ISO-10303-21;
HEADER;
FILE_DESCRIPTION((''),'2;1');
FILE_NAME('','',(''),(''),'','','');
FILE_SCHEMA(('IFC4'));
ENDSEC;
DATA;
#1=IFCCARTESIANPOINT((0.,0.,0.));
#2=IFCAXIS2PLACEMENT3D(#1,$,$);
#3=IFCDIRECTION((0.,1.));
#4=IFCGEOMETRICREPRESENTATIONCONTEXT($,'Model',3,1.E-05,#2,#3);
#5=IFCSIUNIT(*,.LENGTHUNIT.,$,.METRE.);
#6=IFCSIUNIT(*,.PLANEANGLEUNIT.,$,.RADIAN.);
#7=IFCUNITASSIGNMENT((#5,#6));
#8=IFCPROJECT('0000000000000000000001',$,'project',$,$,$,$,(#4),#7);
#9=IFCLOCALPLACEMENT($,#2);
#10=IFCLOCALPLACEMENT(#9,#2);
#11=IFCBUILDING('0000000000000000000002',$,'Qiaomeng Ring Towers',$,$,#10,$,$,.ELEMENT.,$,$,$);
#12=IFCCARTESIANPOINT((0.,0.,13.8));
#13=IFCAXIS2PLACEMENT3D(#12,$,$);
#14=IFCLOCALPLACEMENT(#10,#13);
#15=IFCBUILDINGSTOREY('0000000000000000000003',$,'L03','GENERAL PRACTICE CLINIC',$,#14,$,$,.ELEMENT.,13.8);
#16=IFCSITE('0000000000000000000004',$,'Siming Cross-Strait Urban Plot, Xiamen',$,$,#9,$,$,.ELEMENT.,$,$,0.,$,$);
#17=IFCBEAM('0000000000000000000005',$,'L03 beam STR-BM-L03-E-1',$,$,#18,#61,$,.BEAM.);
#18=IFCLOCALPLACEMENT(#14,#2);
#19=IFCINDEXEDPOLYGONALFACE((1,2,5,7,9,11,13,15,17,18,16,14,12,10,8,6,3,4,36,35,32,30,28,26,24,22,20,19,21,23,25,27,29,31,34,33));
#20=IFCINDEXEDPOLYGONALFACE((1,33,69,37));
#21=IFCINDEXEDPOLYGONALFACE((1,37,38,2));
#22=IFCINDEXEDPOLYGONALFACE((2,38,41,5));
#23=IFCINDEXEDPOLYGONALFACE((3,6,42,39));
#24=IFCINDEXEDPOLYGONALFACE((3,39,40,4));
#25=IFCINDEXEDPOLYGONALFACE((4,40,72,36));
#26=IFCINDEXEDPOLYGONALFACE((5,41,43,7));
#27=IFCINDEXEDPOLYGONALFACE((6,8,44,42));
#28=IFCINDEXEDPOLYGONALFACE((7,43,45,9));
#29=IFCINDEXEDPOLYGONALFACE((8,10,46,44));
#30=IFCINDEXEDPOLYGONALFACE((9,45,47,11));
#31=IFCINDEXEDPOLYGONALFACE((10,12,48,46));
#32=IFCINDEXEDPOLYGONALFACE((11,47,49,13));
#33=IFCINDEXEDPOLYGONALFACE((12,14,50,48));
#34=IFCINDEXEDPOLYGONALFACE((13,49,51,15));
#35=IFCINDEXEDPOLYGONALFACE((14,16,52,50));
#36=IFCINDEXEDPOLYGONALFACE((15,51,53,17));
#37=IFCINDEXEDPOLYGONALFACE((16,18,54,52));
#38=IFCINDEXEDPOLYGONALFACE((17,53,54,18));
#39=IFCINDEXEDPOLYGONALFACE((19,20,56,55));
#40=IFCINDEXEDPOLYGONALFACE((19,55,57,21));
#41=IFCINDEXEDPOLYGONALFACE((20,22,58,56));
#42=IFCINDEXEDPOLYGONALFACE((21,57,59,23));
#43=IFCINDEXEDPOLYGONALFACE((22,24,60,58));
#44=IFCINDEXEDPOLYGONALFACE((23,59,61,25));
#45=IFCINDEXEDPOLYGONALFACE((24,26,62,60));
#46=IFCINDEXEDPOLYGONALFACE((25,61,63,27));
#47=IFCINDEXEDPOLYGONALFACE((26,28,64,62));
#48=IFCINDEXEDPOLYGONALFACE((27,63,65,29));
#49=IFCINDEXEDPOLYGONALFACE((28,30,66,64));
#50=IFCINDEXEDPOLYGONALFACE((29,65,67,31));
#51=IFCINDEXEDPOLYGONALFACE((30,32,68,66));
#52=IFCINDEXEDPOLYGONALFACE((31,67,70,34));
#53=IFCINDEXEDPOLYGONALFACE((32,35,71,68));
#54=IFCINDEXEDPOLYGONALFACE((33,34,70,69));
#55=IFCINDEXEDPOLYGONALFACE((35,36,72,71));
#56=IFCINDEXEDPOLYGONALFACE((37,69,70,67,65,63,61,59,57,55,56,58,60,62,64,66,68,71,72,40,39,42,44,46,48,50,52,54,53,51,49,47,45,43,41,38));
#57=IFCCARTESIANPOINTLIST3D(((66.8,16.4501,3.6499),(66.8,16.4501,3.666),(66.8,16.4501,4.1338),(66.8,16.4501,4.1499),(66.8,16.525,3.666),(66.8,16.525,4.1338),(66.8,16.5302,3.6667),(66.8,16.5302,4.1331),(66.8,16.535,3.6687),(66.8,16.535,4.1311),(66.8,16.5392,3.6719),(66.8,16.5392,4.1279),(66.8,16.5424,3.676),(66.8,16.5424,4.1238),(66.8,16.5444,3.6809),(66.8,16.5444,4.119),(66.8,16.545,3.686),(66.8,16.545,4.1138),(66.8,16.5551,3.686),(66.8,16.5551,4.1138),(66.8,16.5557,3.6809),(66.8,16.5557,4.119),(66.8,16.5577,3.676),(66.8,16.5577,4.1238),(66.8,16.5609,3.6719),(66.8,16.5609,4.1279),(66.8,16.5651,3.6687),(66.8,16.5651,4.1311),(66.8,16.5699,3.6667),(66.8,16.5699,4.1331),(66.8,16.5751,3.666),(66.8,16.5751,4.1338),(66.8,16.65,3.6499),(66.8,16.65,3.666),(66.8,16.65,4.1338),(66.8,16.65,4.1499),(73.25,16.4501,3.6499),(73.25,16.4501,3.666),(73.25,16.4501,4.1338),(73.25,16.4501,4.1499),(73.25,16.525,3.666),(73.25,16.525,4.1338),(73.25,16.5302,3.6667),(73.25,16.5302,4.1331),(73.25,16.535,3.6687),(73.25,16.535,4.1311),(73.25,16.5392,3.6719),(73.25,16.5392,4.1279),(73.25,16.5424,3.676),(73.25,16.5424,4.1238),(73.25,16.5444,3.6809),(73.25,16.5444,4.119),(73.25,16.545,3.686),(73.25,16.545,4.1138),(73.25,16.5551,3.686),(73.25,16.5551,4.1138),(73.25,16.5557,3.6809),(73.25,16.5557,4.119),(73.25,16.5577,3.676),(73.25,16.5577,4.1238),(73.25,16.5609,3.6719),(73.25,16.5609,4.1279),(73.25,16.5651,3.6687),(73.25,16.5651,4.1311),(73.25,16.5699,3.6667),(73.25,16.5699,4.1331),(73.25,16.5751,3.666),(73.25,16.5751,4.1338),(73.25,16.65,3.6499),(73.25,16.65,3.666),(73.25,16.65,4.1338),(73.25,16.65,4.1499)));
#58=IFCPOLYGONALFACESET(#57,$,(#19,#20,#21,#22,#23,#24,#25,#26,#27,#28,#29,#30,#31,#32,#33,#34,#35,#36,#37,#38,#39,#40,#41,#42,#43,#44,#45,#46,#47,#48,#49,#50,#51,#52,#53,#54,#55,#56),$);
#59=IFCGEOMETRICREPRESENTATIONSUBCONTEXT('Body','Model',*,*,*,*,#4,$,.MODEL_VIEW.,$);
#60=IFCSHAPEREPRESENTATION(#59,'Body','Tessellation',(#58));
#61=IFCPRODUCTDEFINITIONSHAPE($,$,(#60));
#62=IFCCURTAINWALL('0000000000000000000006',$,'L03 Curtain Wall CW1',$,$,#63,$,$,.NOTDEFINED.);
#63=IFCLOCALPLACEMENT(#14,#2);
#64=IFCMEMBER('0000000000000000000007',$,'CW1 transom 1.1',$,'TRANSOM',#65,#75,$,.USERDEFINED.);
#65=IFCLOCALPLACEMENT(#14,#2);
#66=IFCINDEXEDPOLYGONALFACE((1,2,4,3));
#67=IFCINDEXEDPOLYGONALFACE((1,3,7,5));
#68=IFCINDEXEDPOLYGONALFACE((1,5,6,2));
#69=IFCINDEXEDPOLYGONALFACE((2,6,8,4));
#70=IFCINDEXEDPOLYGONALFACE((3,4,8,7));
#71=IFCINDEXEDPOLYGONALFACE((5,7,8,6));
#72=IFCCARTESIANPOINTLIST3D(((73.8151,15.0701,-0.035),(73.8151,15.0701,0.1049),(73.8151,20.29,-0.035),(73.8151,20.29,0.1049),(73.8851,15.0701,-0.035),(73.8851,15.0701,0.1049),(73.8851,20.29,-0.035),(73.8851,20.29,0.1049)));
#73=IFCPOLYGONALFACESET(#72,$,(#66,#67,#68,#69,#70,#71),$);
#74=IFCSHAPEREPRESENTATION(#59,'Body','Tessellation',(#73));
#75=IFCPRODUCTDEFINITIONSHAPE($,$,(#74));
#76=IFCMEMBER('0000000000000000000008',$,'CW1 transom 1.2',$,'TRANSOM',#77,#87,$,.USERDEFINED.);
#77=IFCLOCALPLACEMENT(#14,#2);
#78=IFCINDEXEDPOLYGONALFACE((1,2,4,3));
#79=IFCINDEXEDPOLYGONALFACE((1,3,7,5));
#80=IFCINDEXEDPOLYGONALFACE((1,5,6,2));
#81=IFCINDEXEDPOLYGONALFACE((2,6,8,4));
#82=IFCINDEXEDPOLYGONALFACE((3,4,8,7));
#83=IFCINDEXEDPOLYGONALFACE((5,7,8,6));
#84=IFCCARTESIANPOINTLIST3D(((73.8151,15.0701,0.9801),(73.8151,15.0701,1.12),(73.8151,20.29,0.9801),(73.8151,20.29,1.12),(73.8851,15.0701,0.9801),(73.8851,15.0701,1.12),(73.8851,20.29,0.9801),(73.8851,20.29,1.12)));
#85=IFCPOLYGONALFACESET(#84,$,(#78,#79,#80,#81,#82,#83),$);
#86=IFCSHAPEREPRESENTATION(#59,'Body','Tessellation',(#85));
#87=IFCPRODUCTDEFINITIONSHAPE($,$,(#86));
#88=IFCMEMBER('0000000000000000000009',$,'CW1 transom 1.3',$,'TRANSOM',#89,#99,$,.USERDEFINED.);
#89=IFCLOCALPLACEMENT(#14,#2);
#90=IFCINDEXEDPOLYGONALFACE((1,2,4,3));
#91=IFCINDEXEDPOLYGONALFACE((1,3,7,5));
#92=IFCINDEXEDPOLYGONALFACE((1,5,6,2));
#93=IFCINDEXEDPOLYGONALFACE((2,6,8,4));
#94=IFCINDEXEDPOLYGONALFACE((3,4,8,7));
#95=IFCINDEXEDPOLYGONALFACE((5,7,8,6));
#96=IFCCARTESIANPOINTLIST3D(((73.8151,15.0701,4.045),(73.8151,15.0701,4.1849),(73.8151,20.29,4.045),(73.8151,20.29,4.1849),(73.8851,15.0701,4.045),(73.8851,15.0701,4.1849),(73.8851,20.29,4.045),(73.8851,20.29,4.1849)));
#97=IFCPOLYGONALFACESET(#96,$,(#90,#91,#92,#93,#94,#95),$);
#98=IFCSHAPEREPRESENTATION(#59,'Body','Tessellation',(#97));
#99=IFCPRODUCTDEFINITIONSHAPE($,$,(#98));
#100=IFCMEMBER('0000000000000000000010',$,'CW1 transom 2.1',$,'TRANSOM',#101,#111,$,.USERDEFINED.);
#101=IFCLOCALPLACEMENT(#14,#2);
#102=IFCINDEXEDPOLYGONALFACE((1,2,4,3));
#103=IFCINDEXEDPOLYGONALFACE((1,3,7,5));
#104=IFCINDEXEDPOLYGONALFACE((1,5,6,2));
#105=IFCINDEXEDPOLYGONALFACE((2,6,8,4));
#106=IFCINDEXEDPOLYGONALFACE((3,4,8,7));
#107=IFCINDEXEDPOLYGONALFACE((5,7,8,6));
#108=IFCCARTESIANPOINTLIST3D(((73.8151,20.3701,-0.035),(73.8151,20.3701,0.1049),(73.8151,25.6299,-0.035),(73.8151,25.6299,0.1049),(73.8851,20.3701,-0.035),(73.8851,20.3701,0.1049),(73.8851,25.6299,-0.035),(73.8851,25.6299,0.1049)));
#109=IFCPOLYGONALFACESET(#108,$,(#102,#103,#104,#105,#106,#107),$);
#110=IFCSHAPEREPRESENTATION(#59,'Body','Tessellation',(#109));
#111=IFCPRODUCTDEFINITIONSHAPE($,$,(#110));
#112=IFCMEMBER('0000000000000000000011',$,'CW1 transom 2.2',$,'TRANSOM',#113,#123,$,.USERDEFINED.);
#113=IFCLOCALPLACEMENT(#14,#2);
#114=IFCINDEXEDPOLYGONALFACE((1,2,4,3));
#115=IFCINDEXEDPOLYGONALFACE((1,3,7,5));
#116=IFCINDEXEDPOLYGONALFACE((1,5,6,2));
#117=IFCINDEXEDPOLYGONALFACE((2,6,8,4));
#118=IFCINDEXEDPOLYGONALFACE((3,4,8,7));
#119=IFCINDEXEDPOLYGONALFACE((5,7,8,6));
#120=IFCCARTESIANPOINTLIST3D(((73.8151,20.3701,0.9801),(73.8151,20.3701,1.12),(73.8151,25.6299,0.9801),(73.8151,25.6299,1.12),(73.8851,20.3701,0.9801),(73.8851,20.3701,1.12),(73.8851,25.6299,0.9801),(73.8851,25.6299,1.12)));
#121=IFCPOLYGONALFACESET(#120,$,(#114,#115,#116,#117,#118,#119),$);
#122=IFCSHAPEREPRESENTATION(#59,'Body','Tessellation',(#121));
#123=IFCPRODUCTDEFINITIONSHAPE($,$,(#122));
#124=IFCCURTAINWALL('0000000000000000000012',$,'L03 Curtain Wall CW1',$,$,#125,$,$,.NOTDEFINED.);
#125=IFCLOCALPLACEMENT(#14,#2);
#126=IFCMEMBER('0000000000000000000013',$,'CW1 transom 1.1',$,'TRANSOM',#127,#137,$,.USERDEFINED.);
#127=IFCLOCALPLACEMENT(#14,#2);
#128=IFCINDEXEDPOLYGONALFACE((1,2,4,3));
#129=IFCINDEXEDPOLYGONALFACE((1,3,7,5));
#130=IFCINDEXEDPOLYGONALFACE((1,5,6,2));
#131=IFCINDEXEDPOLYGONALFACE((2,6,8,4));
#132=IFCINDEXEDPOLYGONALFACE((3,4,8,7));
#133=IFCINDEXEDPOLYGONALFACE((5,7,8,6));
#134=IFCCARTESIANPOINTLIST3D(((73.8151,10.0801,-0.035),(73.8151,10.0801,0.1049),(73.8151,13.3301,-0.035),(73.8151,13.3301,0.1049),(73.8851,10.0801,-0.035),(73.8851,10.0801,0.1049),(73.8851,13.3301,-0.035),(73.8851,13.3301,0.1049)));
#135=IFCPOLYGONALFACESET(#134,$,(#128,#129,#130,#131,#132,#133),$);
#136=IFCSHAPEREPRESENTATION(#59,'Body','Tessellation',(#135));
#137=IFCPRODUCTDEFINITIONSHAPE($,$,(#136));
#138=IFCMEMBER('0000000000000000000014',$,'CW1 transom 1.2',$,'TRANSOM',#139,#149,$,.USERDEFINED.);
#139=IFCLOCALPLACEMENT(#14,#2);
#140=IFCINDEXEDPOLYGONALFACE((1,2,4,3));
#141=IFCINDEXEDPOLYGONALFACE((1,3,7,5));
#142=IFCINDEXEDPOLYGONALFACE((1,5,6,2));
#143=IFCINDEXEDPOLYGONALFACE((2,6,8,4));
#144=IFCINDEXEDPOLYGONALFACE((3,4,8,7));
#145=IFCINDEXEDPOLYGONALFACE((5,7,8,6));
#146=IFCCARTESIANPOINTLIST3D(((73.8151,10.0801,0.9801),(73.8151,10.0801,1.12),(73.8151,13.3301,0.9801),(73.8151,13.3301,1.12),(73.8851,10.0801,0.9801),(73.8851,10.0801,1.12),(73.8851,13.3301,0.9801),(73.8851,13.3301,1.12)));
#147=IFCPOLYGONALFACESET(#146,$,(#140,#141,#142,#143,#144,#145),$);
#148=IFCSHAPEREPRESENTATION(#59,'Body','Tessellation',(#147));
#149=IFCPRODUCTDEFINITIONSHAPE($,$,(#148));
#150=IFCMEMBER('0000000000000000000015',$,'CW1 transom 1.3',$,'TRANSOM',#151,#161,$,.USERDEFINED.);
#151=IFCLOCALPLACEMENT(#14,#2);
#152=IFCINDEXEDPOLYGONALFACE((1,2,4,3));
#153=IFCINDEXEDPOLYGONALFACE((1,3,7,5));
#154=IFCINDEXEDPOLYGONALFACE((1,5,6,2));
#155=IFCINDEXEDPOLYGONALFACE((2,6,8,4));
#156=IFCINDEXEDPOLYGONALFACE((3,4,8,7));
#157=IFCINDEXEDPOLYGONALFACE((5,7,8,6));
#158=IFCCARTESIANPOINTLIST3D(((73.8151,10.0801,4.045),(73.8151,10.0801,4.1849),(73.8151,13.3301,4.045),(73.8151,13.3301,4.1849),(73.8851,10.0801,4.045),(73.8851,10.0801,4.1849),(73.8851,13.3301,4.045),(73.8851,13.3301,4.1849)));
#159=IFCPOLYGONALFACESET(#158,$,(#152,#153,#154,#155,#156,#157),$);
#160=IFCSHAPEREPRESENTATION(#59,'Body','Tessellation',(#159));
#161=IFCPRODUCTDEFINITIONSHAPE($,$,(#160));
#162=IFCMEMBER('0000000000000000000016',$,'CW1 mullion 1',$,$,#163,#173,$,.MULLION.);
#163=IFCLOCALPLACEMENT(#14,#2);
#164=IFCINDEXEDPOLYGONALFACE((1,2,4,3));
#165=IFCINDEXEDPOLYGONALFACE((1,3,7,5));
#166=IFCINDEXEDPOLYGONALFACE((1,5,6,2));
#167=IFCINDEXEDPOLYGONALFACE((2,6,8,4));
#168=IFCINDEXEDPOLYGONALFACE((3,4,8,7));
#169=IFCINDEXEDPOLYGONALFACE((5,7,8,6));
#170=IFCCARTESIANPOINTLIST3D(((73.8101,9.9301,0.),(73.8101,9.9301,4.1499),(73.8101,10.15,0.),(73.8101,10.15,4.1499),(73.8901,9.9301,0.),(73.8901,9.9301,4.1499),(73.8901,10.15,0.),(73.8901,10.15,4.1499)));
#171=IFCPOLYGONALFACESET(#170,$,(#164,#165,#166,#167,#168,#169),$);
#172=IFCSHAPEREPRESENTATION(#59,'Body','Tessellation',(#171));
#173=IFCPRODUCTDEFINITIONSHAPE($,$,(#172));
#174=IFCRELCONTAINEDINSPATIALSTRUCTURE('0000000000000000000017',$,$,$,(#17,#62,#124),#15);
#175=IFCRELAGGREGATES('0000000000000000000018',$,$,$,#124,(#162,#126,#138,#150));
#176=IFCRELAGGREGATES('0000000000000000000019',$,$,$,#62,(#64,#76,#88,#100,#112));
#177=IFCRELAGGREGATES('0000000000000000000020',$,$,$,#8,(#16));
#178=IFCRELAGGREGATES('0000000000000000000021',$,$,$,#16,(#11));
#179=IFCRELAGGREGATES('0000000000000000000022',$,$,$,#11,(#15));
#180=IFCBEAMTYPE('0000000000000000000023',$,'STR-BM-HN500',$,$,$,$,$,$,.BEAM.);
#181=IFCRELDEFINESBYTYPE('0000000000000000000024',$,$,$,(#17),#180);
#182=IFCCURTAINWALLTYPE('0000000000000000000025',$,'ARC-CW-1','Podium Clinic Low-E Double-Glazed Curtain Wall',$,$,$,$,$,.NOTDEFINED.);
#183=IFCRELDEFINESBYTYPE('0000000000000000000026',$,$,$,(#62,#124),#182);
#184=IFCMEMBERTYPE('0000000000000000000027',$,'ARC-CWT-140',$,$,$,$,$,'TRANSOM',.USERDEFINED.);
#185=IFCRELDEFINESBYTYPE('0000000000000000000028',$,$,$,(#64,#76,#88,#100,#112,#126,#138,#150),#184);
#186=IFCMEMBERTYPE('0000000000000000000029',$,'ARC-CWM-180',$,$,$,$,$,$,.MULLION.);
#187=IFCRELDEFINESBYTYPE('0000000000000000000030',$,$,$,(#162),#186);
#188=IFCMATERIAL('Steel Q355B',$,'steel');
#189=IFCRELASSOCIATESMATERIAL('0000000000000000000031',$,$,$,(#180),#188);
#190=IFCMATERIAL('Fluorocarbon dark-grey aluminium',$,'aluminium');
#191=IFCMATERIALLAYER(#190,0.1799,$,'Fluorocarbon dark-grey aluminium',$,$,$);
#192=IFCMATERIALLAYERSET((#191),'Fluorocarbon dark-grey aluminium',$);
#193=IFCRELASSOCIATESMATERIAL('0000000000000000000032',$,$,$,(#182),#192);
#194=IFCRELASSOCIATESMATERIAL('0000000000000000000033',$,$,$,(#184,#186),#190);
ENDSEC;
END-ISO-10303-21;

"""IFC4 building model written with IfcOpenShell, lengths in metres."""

from ifc_helpers import new_model, si_unit, direction, frame, origin, origin_2d, place, context, subcontext, project, spatial, rectangle, i_section, extrude, source, transform, mapped, material, layer, layer_set, material_profile, profile_set, type_object, element, aggregate, save


model = new_model("IFC4")

# Units and contexts
model_context = context("Model", 3, precision=1e-05, world=origin(), true_north=direction((0.0, 1.0)))
body_context = subcontext(model_context, "Body", "Model", "MODEL_VIEW")
ifc_project = project(units=[si_unit("LENGTHUNIT", "METRE"), si_unit("PLANEANGLEUNIT", "RADIAN")], contexts=[model_context])

# Site, building, storey
site_placement = place(None, origin())
site = spatial("IfcSite", under=ifc_project, at=site_placement, Name="Siming Cross-Strait Urban Plot, Xiamen", CompositionType="ELEMENT", RefElevation=0.0)
building_placement = place(site_placement, origin())
building = spatial("IfcBuilding", under=site, at=building_placement, Name="Qiaomeng Ring Towers", CompositionType="ELEMENT")
storey_placement = place(building_placement, frame((0.0, 0.0, 13.8)))
storey = spatial("IfcBuildingStorey", under=building, at=storey_placement, Name="L03", Description="GENERAL PRACTICE CLINIC", CompositionType="ELEMENT", Elevation=13.8)

# Beam
ifc_material_1 = material(Name="Steel Q355B", Category="steel")
ifc_material_profile_1 = material_profile(ifc_material_1, i_section(OverallWidth=0.2, OverallDepth=0.5, WebThickness=0.01, FlangeThickness=0.0161, FilletRadius=0.02, at=origin_2d()), Name="HN 500x200x10x16")
ifc_profile_set_1 = profile_set([ifc_material_profile_1], Name="Steel Q355B")
beam_type_1 = type_object("IfcBeamType", Name="STR-BM-HN500", PredefinedType="BEAM", material=ifc_profile_set_1)
shared_shape_1 = source(origin(), body_context, "Body", "SweptSolid", [
    extrude(i_section(OverallWidth=0.2, OverallDepth=0.5, WebThickness=0.01, FlangeThickness=0.0161, FilletRadius=0.02, at=origin_2d()), origin(), (0.0, 0.0, 1.0), 6.45),
])
beam_1_placement = place(storey_placement, frame((66.8, 16.55, 3.8999), z_axis=(1.0, 0.0, 0.0), x_axis=(0.0, 1.0, 0.0)))
element("IfcBeam", 1, at=beam_1_placement, inside=storey, type_object=beam_type_1, Name="L03 beam STR-BM-L03-E-1", PredefinedType="BEAM", context=body_context, shape_type="MappedRepresentation", body=[
    mapped(shared_shape_1, transform((0.0, 0.0, 0.0), x_axis=(1.0, 0.0, 0.0), y_axis=(0.0, 1.0, 0.0), z_axis=(0.0, 0.0, 1.0), scale=1.0)),
])

# Curtain walls, members
ifc_material_2 = material(Name="Fluorocarbon dark-grey aluminium", Category="aluminium")
ifc_layer_1 = layer(ifc_material_2, 0.1799, Name="Fluorocarbon dark-grey aluminium")
ifc_layer_set_1 = layer_set([ifc_layer_1], Name="Fluorocarbon dark-grey aluminium")
curtain_wall_type = type_object("IfcCurtainWallType", Name="ARC-CW-1", Description="Podium Clinic Low-E Double-Glazed Curtain Wall", PredefinedType="NOTDEFINED", material=ifc_layer_set_1)
curtain_wall_1_placement = place(storey_placement, origin())
curtain_wall_1 = element("IfcCurtainWall", 2, at=curtain_wall_1_placement, inside=storey, type_object=curtain_wall_type, Name="L03 Curtain Wall CW1", PredefinedType="NOTDEFINED")
ifc_material_profile_2 = material_profile(ifc_material_2, rectangle(XDim=0.0701, YDim=0.1399, at=origin_2d()), Name="ALU TRAN 70x140")
ifc_profile_set_2 = profile_set([ifc_material_profile_2], Name="Fluorocarbon dark-grey aluminium")
member_type_1 = type_object("IfcMemberType", Name="ARC-CWT-140", ElementType="TRANSOM", PredefinedType="USERDEFINED", material=ifc_profile_set_2)
shared_shape_2 = source(origin(), body_context, "Body", "SweptSolid", [
    extrude(rectangle(XDim=0.0701, YDim=0.1399, at=origin_2d()), origin(), (0.0, 0.0, 1.0), 5.22),
])
member_1_placement = place(storey_placement, frame((73.8501, 15.0701, 0.0349), z_axis=(0.0, 1.0, 0.0), x_axis=(-1.0, 0.0, 0.0)))
member_1 = element("IfcMember", 3, at=member_1_placement, type_object=member_type_1, Name="CW1 transom 1.1", ObjectType="TRANSOM", PredefinedType="USERDEFINED", context=body_context, shape_type="MappedRepresentation", body=[
    mapped(shared_shape_2, transform((0.0, 0.0, 0.0), x_axis=(1.0, 0.0, 0.0), y_axis=(0.0, 1.0, 0.0), z_axis=(0.0, 0.0, 1.0), scale=1.0)),
])
member_2_placement = place(storey_placement, frame((73.8501, 15.0701, 1.05), z_axis=(0.0, 1.0, 0.0), x_axis=(-1.0, 0.0, 0.0)))
member_2 = element("IfcMember", 4, at=member_2_placement, type_object=member_type_1, Name="CW1 transom 1.2", ObjectType="TRANSOM", PredefinedType="USERDEFINED", context=body_context, shape_type="MappedRepresentation", body=[
    mapped(shared_shape_2, transform((0.0, 0.0, 0.0), x_axis=(1.0, 0.0, 0.0), y_axis=(0.0, 1.0, 0.0), z_axis=(0.0, 0.0, 1.0), scale=1.0)),
])
member_3_placement = place(storey_placement, frame((73.8501, 15.0701, 4.115), z_axis=(0.0, 1.0, 0.0), x_axis=(-1.0, 0.0, 0.0)))
member_3 = element("IfcMember", 5, at=member_3_placement, type_object=member_type_1, Name="CW1 transom 1.3", ObjectType="TRANSOM", PredefinedType="USERDEFINED", context=body_context, shape_type="MappedRepresentation", body=[
    mapped(shared_shape_2, transform((0.0, 0.0, 0.0), x_axis=(1.0, 0.0, 0.0), y_axis=(0.0, 1.0, 0.0), z_axis=(0.0, 0.0, 1.0), scale=1.0)),
])
shared_shape_3 = source(origin(), body_context, "Body", "SweptSolid", [
    extrude(rectangle(XDim=0.0701, YDim=0.1399, at=origin_2d()), origin(), (0.0, 0.0, 1.0), 5.2598),
])
member_4_placement = place(storey_placement, frame((73.8501, 20.3701, 0.0349), z_axis=(0.0, 1.0, 0.0), x_axis=(-1.0, 0.0, 0.0)))
member_4 = element("IfcMember", 6, at=member_4_placement, type_object=member_type_1, Name="CW1 transom 2.1", ObjectType="TRANSOM", PredefinedType="USERDEFINED", context=body_context, shape_type="MappedRepresentation", body=[
    mapped(shared_shape_3, transform((0.0, 0.0, 0.0), x_axis=(1.0, 0.0, 0.0), y_axis=(0.0, 1.0, 0.0), z_axis=(0.0, 0.0, 1.0), scale=1.0)),
])
member_5_placement = place(storey_placement, frame((73.8501, 20.3701, 1.05), z_axis=(0.0, 1.0, 0.0), x_axis=(-1.0, 0.0, 0.0)))
member_5 = element("IfcMember", 7, at=member_5_placement, type_object=member_type_1, Name="CW1 transom 2.2", ObjectType="TRANSOM", PredefinedType="USERDEFINED", context=body_context, shape_type="MappedRepresentation", body=[
    mapped(shared_shape_3, transform((0.0, 0.0, 0.0), x_axis=(1.0, 0.0, 0.0), y_axis=(0.0, 1.0, 0.0), z_axis=(0.0, 0.0, 1.0), scale=1.0)),
])
curtain_wall_2_placement = place(storey_placement, origin())
curtain_wall_2 = element("IfcCurtainWall", 8, at=curtain_wall_2_placement, inside=storey, type_object=curtain_wall_type, Name="L03 Curtain Wall CW1", PredefinedType="NOTDEFINED")
shared_shape_4 = source(origin(), body_context, "Body", "SweptSolid", [
    extrude(rectangle(XDim=0.0701, YDim=0.1399, at=origin_2d()), origin(), (0.0, 0.0, 1.0), 3.25),
])
member_6_placement = place(storey_placement, frame((73.8501, 10.0801, 0.0349), z_axis=(0.0, 1.0, 0.0), x_axis=(-1.0, 0.0, 0.0)))
member_6 = element("IfcMember", 9, at=member_6_placement, type_object=member_type_1, Name="CW1 transom 1.1", ObjectType="TRANSOM", PredefinedType="USERDEFINED", context=body_context, shape_type="MappedRepresentation", body=[
    mapped(shared_shape_4, transform((0.0, 0.0, 0.0), x_axis=(1.0, 0.0, 0.0), y_axis=(0.0, 1.0, 0.0), z_axis=(0.0, 0.0, 1.0), scale=1.0)),
])
member_7_placement = place(storey_placement, frame((73.8501, 10.0801, 1.05), z_axis=(0.0, 1.0, 0.0), x_axis=(-1.0, 0.0, 0.0)))
member_7 = element("IfcMember", 10, at=member_7_placement, type_object=member_type_1, Name="CW1 transom 1.2", ObjectType="TRANSOM", PredefinedType="USERDEFINED", context=body_context, shape_type="MappedRepresentation", body=[
    mapped(shared_shape_4, transform((0.0, 0.0, 0.0), x_axis=(1.0, 0.0, 0.0), y_axis=(0.0, 1.0, 0.0), z_axis=(0.0, 0.0, 1.0), scale=1.0)),
])
member_8_placement = place(storey_placement, frame((73.8501, 10.0801, 4.115), z_axis=(0.0, 1.0, 0.0), x_axis=(-1.0, 0.0, 0.0)))
member_8 = element("IfcMember", 11, at=member_8_placement, type_object=member_type_1, Name="CW1 transom 1.3", ObjectType="TRANSOM", PredefinedType="USERDEFINED", context=body_context, shape_type="MappedRepresentation", body=[
    mapped(shared_shape_4, transform((0.0, 0.0, 0.0), x_axis=(1.0, 0.0, 0.0), y_axis=(0.0, 1.0, 0.0), z_axis=(0.0, 0.0, 1.0), scale=1.0)),
])
ifc_material_profile_3 = material_profile(ifc_material_2, rectangle(XDim=0.0801, YDim=0.22, at=origin_2d()), Name="ALU MULL 80x220")
ifc_profile_set_3 = profile_set([ifc_material_profile_3], Name="Fluorocarbon dark-grey aluminium")
member_type_2 = type_object("IfcMemberType", Name="ARC-CWM-180", PredefinedType="MULLION", material=ifc_profile_set_3)
shared_shape_5 = source(origin(), body_context, "Body", "SweptSolid", [
    extrude(rectangle(XDim=0.0801, YDim=0.22, at=origin_2d()), origin(), (0.0, 0.0, 1.0), 4.1499),
])
member_9_placement = place(storey_placement, frame((73.8501, 10.04, 0.0), z_axis=(0.0, 0.0, 1.0), x_axis=(-1.0, 0.0, 0.0)))
member_9 = element("IfcMember", 12, at=member_9_placement, type_object=member_type_2, Name="CW1 mullion 1", PredefinedType="MULLION", context=body_context, shape_type="MappedRepresentation", body=[
    mapped(shared_shape_5, transform((0.0, 0.0, 0.0), x_axis=(1.0, 0.0, 0.0), y_axis=(0.0, 1.0, 0.0), z_axis=(0.0, 0.0, 1.0), scale=1.0)),
])

aggregate(curtain_wall_2, [member_9, member_6, member_7, member_8])
aggregate(curtain_wall_1, [member_1, member_2, member_3, member_4, member_5])

save(model, "model.ifc")
